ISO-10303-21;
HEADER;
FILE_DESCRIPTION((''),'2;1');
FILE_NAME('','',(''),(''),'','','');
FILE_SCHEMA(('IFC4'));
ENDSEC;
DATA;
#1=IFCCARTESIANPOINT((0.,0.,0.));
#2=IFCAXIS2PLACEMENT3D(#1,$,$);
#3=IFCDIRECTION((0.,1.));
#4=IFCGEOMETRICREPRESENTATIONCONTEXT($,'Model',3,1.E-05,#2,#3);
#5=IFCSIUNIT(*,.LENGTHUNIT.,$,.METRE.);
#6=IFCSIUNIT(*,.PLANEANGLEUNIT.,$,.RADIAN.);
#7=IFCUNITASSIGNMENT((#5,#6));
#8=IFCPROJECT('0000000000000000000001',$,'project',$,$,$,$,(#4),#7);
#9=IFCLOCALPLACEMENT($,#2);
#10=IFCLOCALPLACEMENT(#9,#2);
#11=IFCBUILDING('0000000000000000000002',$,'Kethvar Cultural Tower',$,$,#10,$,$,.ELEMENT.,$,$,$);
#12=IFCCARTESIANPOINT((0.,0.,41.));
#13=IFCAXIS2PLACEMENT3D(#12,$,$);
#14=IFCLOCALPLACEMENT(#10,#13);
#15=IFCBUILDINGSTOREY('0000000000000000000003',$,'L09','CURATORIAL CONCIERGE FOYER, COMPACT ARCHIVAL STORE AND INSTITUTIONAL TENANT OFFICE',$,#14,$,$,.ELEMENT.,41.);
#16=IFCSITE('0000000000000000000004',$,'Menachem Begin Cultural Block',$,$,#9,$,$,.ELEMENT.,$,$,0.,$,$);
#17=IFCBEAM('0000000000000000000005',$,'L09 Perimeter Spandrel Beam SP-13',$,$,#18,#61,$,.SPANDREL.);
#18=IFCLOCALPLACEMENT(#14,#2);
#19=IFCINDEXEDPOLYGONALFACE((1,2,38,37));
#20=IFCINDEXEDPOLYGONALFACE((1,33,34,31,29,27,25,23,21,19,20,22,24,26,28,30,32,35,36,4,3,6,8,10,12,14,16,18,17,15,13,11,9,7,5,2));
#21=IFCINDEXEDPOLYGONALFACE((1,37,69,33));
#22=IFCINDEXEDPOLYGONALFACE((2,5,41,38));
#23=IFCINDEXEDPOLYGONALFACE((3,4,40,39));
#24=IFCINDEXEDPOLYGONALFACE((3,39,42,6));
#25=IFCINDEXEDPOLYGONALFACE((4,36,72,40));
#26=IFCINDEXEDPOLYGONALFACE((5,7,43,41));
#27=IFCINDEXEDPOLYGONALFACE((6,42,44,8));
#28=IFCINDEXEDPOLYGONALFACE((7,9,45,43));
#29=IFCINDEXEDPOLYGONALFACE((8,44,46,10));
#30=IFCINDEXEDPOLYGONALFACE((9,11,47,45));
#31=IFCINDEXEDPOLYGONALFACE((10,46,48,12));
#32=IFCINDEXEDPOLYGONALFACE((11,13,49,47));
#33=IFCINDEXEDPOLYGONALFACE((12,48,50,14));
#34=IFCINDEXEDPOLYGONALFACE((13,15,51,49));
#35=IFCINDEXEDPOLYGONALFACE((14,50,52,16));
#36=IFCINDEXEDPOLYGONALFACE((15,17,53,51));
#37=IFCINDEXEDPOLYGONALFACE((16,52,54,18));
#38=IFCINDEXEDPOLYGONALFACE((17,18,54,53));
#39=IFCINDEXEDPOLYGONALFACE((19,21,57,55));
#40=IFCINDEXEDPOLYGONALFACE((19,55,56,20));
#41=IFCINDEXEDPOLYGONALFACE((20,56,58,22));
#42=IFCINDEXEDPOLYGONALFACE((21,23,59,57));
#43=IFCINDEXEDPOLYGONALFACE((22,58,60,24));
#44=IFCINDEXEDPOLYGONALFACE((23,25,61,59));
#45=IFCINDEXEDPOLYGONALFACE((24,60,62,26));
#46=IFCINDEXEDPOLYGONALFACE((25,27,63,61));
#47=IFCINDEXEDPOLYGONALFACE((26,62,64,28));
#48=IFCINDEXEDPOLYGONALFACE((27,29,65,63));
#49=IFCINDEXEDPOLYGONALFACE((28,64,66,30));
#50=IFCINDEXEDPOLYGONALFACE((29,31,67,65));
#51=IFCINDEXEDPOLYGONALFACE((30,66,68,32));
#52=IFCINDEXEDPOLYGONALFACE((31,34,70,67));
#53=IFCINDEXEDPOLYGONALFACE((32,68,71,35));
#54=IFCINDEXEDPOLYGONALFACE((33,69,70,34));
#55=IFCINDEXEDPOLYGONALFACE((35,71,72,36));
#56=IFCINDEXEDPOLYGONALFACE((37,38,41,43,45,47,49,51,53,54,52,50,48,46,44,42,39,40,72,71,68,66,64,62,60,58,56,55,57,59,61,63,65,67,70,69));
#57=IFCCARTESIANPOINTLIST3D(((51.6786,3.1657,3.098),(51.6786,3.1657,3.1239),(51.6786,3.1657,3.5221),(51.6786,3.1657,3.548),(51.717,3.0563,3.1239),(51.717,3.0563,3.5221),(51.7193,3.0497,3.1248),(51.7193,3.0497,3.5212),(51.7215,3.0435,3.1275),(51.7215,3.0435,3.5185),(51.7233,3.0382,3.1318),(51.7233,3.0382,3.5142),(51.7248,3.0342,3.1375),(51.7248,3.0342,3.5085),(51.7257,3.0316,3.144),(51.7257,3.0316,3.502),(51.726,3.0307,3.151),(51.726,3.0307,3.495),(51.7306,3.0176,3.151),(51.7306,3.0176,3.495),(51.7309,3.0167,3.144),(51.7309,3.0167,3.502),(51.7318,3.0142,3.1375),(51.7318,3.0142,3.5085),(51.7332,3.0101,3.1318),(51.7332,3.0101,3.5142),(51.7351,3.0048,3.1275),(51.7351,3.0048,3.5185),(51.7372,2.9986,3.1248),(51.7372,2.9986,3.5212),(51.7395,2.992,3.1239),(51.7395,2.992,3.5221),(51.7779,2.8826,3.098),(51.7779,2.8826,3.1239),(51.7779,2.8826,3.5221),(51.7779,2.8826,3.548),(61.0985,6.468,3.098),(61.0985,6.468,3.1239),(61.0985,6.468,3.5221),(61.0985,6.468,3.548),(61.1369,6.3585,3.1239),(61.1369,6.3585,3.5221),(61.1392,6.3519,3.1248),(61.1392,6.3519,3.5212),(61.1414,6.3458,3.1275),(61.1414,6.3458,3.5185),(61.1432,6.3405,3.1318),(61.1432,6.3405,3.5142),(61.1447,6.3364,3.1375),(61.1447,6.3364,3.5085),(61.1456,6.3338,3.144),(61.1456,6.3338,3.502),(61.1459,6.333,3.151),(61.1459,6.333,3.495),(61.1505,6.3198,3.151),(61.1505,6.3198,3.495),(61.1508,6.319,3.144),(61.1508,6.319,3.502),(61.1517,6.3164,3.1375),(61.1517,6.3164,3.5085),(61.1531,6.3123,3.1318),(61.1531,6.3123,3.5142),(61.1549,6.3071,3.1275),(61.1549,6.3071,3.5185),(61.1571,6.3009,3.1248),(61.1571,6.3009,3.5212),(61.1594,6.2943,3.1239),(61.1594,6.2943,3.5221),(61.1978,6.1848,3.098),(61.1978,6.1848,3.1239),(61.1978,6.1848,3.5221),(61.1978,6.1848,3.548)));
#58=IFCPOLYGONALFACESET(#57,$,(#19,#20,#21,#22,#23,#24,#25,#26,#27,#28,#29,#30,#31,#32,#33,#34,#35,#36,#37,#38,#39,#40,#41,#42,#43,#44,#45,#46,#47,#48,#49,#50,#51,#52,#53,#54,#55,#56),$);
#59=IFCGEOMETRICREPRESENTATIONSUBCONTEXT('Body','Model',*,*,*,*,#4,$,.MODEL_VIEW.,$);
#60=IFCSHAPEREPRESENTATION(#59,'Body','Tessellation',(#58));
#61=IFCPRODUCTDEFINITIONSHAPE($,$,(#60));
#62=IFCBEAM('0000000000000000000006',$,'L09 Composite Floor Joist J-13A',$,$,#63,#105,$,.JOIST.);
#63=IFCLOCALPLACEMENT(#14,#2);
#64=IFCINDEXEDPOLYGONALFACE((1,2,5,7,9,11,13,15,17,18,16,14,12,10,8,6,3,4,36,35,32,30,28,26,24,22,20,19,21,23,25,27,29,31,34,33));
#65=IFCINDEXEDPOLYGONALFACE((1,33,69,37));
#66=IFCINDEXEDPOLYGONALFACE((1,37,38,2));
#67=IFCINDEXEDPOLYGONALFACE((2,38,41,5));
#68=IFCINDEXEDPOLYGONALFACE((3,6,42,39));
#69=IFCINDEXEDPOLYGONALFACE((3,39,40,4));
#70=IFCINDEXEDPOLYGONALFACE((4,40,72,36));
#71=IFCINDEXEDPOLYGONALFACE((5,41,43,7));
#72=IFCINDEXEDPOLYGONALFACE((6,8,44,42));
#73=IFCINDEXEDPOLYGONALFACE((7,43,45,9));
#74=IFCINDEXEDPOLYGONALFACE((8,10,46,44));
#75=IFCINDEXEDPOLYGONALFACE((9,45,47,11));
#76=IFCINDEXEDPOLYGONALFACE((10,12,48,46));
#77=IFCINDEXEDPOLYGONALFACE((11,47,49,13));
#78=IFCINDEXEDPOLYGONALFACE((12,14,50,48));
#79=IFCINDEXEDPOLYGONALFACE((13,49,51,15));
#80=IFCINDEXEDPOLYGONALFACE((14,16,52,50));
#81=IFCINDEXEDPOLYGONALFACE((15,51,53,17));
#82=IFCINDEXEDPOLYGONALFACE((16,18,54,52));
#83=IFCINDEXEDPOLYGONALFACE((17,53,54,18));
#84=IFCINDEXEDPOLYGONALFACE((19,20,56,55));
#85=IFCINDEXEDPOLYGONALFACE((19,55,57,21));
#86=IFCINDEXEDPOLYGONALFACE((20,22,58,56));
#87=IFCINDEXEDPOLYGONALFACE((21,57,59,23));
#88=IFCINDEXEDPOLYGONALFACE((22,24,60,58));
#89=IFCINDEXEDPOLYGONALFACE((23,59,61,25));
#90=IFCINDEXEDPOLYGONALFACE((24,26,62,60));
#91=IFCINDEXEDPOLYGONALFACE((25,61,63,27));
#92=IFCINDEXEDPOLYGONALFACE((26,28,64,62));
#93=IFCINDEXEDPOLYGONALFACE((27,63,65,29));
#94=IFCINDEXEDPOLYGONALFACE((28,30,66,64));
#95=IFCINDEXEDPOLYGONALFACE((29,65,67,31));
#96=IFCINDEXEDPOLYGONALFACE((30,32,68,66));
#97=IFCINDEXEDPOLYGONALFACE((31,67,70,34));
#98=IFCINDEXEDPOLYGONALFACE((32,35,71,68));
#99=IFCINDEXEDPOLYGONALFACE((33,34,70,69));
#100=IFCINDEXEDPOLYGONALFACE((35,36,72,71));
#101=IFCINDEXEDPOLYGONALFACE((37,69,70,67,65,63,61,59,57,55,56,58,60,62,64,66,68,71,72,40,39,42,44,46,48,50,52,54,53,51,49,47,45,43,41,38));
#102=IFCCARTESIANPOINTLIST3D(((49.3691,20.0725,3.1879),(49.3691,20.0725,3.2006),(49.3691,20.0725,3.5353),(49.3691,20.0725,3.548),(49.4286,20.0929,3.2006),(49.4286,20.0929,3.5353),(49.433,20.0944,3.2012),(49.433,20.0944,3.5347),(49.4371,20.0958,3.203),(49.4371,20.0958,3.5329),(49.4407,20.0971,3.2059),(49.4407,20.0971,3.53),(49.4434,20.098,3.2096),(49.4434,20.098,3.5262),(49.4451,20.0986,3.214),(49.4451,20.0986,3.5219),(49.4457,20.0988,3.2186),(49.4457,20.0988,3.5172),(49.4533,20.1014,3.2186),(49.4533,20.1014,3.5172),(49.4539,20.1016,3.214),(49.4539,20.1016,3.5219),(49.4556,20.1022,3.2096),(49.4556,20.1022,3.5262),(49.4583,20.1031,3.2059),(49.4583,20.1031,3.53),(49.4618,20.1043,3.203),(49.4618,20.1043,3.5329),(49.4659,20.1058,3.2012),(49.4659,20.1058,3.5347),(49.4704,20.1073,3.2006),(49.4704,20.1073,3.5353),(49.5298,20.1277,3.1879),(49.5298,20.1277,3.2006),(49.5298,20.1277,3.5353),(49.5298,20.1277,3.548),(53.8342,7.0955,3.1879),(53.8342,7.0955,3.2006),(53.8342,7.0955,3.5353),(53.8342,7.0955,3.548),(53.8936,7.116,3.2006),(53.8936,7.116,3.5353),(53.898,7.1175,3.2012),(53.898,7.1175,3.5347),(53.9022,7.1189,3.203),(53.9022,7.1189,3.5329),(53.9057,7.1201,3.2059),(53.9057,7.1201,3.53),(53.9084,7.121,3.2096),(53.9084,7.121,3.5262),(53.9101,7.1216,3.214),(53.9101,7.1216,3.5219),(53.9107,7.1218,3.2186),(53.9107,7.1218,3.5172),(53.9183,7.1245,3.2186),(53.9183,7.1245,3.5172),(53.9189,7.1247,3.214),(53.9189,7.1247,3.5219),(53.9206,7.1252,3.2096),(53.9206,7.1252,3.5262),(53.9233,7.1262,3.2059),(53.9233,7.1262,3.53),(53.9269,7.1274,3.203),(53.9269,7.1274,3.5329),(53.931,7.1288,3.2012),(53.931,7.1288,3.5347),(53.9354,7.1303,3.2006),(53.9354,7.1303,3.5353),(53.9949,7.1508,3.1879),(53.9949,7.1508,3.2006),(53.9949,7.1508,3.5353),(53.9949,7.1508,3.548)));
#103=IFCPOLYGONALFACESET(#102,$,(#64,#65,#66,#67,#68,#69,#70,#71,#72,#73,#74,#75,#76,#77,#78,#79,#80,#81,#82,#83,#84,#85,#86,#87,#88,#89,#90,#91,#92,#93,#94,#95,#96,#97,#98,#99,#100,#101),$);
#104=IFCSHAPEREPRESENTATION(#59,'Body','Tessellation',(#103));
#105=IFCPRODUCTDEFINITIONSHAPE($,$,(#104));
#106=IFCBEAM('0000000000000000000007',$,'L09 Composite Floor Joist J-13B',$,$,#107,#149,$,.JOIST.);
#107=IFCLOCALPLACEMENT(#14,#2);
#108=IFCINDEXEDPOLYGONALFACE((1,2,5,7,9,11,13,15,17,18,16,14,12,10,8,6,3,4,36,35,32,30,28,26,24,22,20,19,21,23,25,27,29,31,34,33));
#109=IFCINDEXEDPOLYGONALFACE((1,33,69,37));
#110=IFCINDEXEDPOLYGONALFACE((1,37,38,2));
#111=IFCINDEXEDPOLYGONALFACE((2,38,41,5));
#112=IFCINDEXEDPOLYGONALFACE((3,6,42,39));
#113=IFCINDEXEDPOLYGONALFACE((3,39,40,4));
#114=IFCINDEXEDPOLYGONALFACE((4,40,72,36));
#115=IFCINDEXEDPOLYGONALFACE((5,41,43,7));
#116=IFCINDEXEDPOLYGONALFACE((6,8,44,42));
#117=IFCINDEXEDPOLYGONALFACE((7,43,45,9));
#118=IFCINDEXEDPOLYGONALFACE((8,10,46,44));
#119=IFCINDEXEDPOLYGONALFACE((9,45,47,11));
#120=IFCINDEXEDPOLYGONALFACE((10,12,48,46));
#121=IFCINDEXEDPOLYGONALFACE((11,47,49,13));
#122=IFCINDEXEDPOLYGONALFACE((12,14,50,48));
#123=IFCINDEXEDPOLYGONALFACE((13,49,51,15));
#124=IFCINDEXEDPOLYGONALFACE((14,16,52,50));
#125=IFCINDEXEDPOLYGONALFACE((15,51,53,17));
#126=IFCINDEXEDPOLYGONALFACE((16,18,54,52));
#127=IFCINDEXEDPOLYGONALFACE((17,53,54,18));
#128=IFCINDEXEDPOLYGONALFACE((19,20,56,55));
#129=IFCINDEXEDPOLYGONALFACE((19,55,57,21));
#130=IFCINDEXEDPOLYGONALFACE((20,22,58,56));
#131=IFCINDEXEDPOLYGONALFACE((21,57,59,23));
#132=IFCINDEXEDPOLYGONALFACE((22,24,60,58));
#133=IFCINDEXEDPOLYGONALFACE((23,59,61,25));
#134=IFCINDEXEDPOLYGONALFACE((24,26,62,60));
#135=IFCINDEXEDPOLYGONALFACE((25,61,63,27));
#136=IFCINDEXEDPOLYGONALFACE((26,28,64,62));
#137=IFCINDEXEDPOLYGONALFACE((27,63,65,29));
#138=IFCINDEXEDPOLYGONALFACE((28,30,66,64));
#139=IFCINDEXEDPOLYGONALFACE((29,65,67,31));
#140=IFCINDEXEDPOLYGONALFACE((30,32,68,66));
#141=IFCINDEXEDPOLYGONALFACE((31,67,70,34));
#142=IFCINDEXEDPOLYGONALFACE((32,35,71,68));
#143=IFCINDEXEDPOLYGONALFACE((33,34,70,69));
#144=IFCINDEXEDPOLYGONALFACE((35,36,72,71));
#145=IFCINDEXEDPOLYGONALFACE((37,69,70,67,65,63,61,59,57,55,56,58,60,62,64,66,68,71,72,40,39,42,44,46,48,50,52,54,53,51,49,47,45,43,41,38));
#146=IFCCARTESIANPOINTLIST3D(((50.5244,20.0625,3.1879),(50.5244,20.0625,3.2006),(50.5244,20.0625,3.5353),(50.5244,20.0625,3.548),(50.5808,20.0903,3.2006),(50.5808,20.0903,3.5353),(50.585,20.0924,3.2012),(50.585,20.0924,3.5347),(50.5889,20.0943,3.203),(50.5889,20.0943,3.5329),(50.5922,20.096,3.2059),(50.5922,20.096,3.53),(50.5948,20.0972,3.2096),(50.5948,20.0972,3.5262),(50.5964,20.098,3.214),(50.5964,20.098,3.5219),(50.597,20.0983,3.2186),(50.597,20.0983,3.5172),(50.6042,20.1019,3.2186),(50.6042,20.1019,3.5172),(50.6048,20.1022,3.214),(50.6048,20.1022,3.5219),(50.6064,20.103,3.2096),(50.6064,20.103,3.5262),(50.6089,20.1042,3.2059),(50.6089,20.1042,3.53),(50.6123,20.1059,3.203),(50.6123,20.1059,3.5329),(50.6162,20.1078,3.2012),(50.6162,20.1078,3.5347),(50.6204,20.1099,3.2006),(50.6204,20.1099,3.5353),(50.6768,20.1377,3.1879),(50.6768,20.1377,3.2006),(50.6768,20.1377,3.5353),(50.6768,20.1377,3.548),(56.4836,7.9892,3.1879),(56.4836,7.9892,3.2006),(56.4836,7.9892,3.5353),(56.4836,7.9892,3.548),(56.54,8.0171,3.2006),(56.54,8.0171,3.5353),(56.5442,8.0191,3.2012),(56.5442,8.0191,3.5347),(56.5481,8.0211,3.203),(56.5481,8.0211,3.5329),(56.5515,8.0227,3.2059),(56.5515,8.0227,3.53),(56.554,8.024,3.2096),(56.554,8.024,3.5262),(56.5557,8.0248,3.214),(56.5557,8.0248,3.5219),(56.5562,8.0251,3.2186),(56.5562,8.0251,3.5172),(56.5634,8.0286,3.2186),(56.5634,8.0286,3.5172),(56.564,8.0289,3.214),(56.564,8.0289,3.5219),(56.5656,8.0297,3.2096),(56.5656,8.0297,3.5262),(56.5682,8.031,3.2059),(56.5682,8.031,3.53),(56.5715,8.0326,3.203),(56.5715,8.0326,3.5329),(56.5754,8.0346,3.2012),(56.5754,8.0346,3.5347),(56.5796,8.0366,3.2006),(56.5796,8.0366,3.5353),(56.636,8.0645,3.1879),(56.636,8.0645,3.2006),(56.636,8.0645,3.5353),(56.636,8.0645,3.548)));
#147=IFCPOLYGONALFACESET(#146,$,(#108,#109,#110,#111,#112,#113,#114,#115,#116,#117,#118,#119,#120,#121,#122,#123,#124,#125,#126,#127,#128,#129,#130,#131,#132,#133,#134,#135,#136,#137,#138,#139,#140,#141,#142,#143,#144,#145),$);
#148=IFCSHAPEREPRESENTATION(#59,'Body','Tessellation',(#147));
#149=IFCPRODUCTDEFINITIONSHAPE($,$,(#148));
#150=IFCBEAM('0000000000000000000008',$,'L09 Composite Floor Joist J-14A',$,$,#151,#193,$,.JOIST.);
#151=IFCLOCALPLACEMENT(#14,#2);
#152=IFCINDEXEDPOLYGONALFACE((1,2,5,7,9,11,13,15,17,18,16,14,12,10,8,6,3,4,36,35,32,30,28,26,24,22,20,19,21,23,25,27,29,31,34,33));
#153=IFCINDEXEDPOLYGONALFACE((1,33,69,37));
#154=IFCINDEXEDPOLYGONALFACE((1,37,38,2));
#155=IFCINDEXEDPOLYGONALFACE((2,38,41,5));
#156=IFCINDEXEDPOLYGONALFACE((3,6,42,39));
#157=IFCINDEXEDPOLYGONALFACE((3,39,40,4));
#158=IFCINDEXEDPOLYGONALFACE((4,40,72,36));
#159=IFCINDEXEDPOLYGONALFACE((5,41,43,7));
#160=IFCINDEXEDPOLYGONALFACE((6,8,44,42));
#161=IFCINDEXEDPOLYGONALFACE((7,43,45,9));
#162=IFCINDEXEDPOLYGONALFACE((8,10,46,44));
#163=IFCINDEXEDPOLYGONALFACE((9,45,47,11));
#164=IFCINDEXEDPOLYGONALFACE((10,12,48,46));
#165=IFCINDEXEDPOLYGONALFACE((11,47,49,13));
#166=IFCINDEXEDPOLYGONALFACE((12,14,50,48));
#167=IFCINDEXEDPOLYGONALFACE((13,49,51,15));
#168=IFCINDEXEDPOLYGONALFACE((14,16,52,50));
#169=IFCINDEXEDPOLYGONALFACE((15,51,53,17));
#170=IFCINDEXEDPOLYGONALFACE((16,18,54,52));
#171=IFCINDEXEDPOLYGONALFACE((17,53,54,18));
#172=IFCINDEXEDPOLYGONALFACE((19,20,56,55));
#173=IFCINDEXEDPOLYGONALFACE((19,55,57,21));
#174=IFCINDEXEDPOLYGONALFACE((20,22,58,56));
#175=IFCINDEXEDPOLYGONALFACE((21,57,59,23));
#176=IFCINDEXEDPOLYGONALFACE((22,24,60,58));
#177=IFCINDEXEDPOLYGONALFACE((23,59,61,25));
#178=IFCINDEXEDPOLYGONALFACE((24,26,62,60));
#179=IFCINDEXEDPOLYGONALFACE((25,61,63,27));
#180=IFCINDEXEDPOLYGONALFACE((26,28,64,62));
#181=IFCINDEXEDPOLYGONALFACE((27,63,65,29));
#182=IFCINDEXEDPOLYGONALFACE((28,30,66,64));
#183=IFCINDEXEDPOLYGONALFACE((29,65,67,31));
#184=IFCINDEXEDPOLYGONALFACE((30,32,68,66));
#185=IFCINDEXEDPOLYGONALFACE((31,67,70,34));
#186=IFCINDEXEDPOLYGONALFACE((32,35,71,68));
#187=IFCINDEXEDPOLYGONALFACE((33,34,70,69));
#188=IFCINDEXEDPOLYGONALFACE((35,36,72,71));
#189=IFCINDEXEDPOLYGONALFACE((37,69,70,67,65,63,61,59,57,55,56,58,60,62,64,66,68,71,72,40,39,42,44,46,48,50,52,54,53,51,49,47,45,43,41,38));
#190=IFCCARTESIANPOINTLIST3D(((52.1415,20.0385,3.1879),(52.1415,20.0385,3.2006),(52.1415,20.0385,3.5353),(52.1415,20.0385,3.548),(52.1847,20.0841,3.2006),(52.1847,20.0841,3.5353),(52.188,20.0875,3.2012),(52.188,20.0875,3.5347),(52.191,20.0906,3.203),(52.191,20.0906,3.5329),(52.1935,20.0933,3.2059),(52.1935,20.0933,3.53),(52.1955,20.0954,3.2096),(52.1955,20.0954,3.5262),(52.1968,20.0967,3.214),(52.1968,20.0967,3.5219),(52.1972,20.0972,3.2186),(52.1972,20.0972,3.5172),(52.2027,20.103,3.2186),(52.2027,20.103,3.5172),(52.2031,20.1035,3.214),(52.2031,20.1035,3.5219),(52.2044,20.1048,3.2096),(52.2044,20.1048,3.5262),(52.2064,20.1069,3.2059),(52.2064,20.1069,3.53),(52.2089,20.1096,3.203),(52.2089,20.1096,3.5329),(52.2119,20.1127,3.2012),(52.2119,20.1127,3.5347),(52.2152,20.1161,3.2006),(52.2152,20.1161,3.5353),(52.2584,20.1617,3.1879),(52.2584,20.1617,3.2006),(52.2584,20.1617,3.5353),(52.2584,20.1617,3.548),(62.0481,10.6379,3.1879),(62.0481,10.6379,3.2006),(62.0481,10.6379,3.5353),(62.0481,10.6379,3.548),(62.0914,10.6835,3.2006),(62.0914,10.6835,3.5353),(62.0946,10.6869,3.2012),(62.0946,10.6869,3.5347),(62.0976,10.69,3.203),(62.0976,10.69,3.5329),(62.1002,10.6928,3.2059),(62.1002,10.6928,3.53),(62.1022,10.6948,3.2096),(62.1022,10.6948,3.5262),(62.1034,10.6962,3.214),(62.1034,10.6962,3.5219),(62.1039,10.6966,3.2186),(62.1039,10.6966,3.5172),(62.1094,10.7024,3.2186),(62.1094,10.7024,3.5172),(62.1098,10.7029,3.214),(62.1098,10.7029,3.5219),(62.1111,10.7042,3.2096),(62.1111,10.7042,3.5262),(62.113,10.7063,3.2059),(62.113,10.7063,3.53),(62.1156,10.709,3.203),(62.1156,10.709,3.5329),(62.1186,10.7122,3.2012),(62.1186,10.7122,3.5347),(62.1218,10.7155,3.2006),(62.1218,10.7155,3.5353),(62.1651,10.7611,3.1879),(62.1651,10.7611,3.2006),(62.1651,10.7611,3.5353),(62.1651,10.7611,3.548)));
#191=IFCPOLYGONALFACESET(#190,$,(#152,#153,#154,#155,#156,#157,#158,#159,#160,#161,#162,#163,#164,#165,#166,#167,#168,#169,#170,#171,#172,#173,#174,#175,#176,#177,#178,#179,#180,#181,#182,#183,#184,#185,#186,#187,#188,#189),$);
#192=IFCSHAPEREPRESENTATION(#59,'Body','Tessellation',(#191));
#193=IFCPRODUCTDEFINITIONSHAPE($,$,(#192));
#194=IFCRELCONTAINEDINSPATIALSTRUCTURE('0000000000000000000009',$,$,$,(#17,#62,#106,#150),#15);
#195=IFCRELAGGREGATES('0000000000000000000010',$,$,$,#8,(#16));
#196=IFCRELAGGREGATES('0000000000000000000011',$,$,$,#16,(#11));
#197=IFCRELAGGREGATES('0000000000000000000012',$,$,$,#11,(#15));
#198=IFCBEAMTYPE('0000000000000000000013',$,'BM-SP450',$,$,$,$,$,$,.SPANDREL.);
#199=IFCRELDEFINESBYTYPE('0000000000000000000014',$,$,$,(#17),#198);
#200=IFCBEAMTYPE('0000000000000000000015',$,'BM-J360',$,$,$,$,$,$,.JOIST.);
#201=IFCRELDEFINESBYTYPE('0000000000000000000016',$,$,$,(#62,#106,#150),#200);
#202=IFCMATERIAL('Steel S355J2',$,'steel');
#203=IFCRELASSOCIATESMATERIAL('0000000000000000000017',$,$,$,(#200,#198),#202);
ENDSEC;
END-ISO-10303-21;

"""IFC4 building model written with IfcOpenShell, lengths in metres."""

from ifc_helpers import new_model, si_unit, direction, frame, origin, origin_2d, place, context, subcontext, project, spatial, i_section, extrude, source, transform, mapped, material, material_profile, profile_set, type_object, element, save


model = new_model("IFC4")

# Units and contexts
model_context = context("Model", 3, precision=1e-05, world=origin(), true_north=direction((0.0, 1.0)))
body_context = subcontext(model_context, "Body", "Model", "MODEL_VIEW")
ifc_project = project(units=[si_unit("LENGTHUNIT", "METRE"), si_unit("PLANEANGLEUNIT", "RADIAN")], contexts=[model_context])

# Site, building, storey
site_placement = place(None, origin())
site = spatial("IfcSite", under=ifc_project, at=site_placement, Name="Menachem Begin Cultural Block", CompositionType="ELEMENT", RefElevation=0.0)
building_placement = place(site_placement, origin())
building = spatial("IfcBuilding", under=site, at=building_placement, Name="Kethvar Cultural Tower", CompositionType="ELEMENT")
storey_placement = place(building_placement, frame((0.0, 0.0, 41.0)))
storey = spatial("IfcBuildingStorey", under=building, at=storey_placement, Name="L09", Description="CURATORIAL CONCIERGE FOYER, COMPACT ARCHIVAL STORE AND INSTITUTIONAL TENANT OFFICE", CompositionType="ELEMENT", Elevation=41.0)

# Beams
ifc_material_1 = material(Name="Steel S355J2", Category="steel")
ifc_material_profile_1 = material_profile(ifc_material_1, i_section(OverallWidth=0.1699, OverallDepth=0.3601, WebThickness=0.0081, FlangeThickness=0.0127, FilletRadius=0.0181, at=origin_2d()), Name="Steel S355J2 — IPE360")
ifc_profile_set_1 = profile_set([ifc_material_profile_1], Name="Steel S355J2 — IPE360")
beam_type_1 = type_object("IfcBeamType", Name="BM-J360", PredefinedType="JOIST", material=ifc_profile_set_1)
ifc_material_profile_2 = material_profile(ifc_material_1, i_section(OverallWidth=0.3, OverallDepth=0.45, WebThickness=0.0139, FlangeThickness=0.0259, FilletRadius=0.0271, at=origin_2d()), Name="Steel S355J2 — HEB450")
ifc_profile_set_2 = profile_set([ifc_material_profile_2], Name="Steel S355J2 — HEB450")
beam_type_2 = type_object("IfcBeamType", Name="BM-SP450", PredefinedType="SPANDREL", material=ifc_profile_set_2)
shared_shape_1 = source(origin(), body_context, "Body", "SweptSolid", [
    extrude(i_section(OverallWidth=0.3, OverallDepth=0.45, WebThickness=0.0139, FlangeThickness=0.0259, FilletRadius=0.0271, at=origin_2d()), origin(), (0.0, 0.0, 1.0), 9.9819),
])
beam_1_placement = place(storey_placement, frame((51.7283, 3.0242, 3.323), z_axis=(0.943694, 0.330821, 0.0), x_axis=(-0.330821, 0.943694, 0.0)))
element("IfcBeam", 1, at=beam_1_placement, inside=storey, type_object=beam_type_2, Name="L09 Perimeter Spandrel Beam SP-13", PredefinedType="SPANDREL", context=body_context, shape_type="MappedRepresentation", body=[
    mapped(shared_shape_1, transform((0.0, 0.0, 0.0), scale=1.0)),
])
shared_shape_2 = source(origin(), body_context, "Body", "SweptSolid", [
    extrude(i_section(OverallWidth=0.1699, OverallDepth=0.3601, WebThickness=0.0081, FlangeThickness=0.0127, FilletRadius=0.0181, at=origin_2d()), origin(), (0.0, 0.0, 1.0), 13.7236),
])
beam_2_placement = place(storey_placement, frame((49.4495, 20.1001, 3.3679), z_axis=(0.325355, -0.945592, 0.0), x_axis=(0.945592, 0.325355, 0.0)))
element("IfcBeam", 2, at=beam_2_placement, inside=storey, type_object=beam_type_1, Name="L09 Composite Floor Joist J-13A", PredefinedType="JOIST", context=body_context, shape_type="MappedRepresentation", body=[
    mapped(shared_shape_2, transform((0.0, 0.0, 0.0), scale=1.0)),
])
shared_shape_3 = source(origin(), body_context, "Body", "SweptSolid", [
    extrude(i_section(OverallWidth=0.1699, OverallDepth=0.3601, WebThickness=0.0081, FlangeThickness=0.0127, FilletRadius=0.0181, at=origin_2d()), origin(), (0.0, 0.0, 1.0), 13.4639),
])
beam_3_placement = place(storey_placement, frame((50.6006, 20.1001, 3.3679), z_axis=(0.442609, -0.896715, 0.0), x_axis=(0.896715, 0.442609, 0.0)))
element("IfcBeam", 3, at=beam_3_placement, inside=storey, type_object=beam_type_1, Name="L09 Composite Floor Joist J-13B", PredefinedType="JOIST", context=body_context, shape_type="MappedRepresentation", body=[
    mapped(shared_shape_3, transform((0.0, 0.0, 0.0), scale=1.0)),
])
shared_shape_4 = source(origin(), body_context, "Body", "SweptSolid", [
    extrude(i_section(OverallWidth=0.1699, OverallDepth=0.3601, WebThickness=0.0081, FlangeThickness=0.0127, FilletRadius=0.0181, at=origin_2d()), origin(), (0.0, 0.0, 1.0), 13.657),
])
beam_4_placement = place(storey_placement, frame((52.2, 20.1001, 3.3679), z_axis=(0.725393, -0.688335, 0.0), x_axis=(0.688335, 0.725393, 0.0)))
element("IfcBeam", 4, at=beam_4_placement, inside=storey, type_object=beam_type_1, Name="L09 Composite Floor Joist J-14A", PredefinedType="JOIST", context=body_context, shape_type="MappedRepresentation", body=[
    mapped(shared_shape_4, transform((0.0, 0.0, 0.0), scale=1.0)),
])

save(model, "model.ifc")
